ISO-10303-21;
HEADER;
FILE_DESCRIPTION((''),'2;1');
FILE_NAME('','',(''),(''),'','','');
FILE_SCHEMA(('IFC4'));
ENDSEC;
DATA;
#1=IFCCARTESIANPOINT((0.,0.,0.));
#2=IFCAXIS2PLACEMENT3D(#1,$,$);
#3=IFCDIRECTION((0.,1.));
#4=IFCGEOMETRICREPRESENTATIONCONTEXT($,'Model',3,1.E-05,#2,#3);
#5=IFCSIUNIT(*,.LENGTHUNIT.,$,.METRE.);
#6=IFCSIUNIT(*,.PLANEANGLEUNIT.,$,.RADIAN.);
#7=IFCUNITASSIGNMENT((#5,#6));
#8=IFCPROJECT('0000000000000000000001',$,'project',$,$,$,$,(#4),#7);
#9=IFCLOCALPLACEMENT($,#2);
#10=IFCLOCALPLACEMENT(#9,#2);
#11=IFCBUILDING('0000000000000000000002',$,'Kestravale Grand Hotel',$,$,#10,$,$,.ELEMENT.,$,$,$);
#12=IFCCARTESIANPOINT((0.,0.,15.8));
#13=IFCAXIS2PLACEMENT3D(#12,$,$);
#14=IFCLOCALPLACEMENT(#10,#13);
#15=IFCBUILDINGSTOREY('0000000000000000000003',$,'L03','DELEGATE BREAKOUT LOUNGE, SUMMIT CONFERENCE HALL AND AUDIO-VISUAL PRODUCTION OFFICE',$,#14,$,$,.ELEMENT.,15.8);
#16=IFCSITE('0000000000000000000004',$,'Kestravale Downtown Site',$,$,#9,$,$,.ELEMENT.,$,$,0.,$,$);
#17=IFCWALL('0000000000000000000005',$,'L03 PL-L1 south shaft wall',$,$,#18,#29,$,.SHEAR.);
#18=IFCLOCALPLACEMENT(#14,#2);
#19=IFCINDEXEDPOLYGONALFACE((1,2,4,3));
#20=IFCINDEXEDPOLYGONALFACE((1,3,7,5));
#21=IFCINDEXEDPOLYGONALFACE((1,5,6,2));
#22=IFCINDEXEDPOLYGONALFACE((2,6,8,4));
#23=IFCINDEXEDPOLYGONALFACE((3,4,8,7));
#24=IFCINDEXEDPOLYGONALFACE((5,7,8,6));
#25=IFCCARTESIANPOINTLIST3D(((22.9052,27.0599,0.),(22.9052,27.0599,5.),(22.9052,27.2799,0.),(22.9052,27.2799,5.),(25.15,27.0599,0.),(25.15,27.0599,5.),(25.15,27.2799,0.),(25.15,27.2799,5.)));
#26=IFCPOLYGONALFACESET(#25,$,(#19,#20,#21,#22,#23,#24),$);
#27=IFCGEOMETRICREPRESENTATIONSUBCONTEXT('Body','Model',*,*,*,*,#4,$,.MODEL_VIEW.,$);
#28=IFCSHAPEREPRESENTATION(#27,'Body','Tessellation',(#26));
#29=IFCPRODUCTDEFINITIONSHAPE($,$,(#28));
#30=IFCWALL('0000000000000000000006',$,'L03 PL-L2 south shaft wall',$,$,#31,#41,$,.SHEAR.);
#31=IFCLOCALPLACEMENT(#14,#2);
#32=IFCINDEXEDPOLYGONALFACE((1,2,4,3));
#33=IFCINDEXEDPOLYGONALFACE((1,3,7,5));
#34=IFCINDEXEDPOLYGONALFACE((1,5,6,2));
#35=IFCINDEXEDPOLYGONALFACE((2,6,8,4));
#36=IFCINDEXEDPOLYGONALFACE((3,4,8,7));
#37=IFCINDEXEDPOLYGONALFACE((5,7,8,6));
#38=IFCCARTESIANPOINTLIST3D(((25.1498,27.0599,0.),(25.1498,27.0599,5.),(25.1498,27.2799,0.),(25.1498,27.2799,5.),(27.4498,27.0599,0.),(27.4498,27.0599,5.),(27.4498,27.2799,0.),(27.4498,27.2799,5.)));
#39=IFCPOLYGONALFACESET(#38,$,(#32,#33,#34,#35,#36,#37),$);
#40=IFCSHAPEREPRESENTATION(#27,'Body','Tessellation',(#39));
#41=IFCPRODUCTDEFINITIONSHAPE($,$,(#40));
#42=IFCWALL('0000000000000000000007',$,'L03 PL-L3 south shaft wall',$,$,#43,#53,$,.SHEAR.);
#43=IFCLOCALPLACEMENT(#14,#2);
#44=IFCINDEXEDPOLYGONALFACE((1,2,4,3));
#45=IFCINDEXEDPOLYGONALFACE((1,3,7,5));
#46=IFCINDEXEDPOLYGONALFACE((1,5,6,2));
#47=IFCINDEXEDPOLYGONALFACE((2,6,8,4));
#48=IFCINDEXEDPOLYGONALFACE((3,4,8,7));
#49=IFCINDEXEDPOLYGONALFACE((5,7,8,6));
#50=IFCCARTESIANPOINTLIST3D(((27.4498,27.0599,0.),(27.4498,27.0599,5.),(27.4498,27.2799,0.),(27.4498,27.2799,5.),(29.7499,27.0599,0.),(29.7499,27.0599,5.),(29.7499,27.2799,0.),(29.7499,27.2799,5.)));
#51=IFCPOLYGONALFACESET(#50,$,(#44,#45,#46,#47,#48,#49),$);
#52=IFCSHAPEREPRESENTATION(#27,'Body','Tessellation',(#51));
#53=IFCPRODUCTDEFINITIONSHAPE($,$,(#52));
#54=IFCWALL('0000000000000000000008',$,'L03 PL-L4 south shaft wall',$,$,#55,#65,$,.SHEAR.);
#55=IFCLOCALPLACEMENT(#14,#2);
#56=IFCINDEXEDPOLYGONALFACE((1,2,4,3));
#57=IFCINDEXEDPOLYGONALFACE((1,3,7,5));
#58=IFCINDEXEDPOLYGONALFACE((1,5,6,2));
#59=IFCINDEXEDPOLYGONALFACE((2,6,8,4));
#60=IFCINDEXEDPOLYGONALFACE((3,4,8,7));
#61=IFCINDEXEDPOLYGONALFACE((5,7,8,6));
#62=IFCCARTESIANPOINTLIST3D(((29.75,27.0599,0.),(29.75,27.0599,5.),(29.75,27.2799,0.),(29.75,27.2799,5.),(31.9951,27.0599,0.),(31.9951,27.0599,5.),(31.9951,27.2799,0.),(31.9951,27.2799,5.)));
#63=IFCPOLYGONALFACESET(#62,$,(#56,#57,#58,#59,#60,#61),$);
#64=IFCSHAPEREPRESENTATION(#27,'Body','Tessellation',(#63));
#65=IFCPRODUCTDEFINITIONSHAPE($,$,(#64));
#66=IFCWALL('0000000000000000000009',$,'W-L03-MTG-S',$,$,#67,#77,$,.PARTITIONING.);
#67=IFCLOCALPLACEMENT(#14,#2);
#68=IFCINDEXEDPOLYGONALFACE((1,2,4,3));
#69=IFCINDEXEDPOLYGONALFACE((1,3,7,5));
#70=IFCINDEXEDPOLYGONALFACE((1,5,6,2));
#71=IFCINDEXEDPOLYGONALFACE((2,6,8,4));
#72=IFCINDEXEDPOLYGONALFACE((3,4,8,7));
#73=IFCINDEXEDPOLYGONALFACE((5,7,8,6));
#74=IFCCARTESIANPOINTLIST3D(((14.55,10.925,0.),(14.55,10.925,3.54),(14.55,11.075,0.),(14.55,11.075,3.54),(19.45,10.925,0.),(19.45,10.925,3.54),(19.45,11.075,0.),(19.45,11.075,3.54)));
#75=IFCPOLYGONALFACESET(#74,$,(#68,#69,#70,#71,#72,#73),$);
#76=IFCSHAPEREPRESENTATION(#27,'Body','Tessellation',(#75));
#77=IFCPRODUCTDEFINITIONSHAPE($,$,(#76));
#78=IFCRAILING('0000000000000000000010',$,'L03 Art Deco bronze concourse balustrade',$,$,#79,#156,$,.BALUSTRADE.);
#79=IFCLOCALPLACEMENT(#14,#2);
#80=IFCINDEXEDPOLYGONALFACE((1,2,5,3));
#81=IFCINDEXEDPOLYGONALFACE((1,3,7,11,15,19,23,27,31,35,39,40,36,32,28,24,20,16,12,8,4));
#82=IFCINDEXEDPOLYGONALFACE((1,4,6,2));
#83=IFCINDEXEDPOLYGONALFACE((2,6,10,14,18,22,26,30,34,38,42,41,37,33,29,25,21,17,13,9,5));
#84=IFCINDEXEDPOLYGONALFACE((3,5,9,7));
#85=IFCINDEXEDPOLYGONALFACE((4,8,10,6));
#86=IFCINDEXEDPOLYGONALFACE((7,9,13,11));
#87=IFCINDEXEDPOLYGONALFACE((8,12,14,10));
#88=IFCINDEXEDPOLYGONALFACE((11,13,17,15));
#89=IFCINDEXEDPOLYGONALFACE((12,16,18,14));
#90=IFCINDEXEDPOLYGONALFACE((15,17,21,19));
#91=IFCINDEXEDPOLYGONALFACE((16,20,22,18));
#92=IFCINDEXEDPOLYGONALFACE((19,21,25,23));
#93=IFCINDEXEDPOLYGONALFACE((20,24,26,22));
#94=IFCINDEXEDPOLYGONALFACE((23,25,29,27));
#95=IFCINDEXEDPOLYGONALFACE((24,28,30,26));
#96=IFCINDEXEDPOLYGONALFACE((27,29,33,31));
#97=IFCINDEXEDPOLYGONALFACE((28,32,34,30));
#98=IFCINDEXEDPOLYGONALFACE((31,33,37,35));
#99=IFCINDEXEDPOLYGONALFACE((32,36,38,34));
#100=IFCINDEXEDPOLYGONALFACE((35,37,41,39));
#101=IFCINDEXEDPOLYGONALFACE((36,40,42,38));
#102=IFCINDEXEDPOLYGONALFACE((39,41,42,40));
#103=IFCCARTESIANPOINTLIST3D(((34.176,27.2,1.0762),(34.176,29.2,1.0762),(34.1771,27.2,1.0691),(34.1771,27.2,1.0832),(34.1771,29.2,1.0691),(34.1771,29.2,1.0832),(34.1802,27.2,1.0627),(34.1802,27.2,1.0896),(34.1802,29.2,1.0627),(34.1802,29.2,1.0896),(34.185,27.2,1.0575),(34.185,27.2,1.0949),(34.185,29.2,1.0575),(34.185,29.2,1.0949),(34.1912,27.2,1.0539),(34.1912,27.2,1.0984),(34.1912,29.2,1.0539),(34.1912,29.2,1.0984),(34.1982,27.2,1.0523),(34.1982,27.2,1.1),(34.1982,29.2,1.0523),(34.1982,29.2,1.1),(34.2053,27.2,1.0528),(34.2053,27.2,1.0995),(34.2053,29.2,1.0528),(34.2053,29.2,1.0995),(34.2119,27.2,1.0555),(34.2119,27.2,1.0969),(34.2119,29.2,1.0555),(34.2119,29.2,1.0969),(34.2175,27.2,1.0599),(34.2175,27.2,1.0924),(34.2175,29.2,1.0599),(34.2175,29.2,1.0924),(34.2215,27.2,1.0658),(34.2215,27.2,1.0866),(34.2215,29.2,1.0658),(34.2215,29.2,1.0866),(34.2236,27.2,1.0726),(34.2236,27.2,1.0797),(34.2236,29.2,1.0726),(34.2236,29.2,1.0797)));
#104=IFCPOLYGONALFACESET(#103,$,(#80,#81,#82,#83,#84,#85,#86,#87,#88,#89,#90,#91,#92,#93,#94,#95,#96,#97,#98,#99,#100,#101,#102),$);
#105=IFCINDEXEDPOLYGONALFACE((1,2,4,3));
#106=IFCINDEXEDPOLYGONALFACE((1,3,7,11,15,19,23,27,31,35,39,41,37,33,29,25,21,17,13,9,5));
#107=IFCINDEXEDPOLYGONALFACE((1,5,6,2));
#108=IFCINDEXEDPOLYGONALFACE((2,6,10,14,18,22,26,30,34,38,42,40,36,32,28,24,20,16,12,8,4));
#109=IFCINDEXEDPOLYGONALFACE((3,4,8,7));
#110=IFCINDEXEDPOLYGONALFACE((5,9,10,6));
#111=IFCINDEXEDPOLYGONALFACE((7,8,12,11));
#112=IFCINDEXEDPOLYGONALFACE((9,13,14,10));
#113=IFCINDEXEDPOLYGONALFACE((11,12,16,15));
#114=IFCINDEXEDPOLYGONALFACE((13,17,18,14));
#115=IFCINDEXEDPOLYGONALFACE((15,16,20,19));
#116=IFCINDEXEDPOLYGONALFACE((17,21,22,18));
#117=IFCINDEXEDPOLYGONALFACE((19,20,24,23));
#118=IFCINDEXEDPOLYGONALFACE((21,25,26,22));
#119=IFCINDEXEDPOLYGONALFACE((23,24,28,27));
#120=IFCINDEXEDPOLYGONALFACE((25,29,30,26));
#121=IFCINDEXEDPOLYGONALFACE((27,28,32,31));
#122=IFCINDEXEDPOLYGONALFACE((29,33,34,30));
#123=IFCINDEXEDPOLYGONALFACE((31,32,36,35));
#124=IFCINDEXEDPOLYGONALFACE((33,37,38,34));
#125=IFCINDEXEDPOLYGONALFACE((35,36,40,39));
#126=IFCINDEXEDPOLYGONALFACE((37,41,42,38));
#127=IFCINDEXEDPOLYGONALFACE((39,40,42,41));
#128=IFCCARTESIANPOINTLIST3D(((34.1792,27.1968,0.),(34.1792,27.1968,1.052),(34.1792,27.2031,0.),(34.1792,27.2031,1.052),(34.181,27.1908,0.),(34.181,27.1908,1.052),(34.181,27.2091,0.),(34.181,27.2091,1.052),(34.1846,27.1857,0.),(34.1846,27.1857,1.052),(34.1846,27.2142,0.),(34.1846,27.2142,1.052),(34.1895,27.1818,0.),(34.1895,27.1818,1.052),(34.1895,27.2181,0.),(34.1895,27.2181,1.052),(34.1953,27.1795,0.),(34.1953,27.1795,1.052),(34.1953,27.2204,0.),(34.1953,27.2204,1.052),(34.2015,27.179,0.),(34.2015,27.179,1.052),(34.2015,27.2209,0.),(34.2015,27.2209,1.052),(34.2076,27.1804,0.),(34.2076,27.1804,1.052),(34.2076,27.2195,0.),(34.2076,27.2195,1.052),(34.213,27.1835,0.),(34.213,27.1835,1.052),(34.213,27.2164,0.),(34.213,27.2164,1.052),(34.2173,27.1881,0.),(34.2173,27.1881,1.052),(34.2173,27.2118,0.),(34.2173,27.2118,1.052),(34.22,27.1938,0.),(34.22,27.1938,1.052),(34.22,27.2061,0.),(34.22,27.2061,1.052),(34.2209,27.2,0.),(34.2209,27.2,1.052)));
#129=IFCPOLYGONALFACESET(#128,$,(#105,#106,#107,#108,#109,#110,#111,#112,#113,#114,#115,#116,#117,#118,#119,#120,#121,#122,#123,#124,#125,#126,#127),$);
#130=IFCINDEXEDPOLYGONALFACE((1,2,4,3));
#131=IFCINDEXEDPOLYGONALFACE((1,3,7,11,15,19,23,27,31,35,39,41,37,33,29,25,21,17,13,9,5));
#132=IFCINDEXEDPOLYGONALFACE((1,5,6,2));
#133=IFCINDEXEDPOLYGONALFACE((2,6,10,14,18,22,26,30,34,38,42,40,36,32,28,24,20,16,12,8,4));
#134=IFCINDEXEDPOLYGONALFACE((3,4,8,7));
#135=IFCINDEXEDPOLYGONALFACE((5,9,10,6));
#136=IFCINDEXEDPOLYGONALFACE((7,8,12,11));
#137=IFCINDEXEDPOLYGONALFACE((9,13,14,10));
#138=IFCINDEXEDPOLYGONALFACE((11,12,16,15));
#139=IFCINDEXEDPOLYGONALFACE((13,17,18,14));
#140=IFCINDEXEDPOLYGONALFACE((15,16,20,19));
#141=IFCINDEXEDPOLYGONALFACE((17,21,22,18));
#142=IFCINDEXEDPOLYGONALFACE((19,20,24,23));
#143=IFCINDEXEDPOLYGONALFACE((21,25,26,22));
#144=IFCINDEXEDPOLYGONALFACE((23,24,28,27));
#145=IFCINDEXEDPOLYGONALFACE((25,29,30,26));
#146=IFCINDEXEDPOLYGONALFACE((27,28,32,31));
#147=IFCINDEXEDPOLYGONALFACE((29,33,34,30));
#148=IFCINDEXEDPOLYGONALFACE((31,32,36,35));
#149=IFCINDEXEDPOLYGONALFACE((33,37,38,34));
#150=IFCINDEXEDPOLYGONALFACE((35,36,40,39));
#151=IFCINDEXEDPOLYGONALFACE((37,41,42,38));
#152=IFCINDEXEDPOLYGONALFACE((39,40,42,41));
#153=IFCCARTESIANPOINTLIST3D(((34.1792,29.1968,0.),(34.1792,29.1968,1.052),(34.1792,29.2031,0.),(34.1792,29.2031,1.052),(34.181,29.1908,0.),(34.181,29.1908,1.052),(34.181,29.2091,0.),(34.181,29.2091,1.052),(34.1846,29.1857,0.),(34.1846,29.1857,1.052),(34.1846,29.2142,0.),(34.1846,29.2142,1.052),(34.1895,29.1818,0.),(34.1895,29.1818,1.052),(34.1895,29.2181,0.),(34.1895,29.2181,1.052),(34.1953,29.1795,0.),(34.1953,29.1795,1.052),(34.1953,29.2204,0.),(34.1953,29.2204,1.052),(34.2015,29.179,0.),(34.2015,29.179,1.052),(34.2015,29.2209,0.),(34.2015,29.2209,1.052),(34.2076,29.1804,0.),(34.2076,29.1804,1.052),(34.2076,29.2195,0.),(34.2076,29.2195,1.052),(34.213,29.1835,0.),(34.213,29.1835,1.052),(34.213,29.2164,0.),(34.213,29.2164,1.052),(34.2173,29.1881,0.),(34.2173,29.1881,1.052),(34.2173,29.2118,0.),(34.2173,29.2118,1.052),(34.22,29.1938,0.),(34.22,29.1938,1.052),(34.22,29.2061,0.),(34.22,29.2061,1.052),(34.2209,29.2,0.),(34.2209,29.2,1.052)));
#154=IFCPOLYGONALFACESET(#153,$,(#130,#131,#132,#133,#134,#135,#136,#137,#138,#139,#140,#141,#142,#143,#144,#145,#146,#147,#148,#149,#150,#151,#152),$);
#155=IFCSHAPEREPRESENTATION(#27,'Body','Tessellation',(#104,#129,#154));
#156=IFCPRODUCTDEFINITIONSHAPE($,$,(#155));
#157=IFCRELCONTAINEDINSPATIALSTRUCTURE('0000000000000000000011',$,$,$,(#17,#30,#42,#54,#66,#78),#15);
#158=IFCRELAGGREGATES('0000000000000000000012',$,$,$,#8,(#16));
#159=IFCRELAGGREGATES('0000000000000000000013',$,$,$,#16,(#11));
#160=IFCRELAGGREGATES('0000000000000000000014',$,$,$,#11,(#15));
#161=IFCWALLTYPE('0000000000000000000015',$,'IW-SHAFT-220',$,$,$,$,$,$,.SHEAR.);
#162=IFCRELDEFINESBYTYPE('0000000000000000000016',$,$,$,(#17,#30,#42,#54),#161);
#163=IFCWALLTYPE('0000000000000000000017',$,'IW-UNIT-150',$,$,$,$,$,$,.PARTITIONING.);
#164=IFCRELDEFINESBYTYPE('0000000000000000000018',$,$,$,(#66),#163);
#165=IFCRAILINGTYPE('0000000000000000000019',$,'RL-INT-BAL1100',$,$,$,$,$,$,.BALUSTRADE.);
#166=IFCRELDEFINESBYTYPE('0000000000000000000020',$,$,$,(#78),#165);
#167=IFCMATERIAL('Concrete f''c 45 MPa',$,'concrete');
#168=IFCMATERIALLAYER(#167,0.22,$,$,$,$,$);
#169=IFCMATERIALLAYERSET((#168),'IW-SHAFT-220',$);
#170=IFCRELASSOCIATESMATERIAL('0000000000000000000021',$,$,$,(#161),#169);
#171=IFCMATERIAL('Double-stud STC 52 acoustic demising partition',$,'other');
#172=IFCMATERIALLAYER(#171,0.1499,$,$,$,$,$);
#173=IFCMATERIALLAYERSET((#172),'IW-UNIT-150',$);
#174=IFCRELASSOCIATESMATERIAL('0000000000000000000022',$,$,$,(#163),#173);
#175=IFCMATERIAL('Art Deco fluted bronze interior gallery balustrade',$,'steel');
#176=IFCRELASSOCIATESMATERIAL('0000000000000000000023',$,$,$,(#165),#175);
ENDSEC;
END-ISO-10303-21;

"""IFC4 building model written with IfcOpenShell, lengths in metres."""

from ifc_helpers import new_model, si_unit, direction, frame, frame_2d, origin, origin_2d, place, context, subcontext, project, spatial, rectangle, circle, extrude, material, layer, layer_set, type_object, element, save


model = new_model("IFC4")

# Units and contexts
model_context = context("Model", 3, precision=1e-05, world=origin(), true_north=direction((0.0, 1.0)))
body_context = subcontext(model_context, "Body", "Model", "MODEL_VIEW")
ifc_project = project(units=[si_unit("LENGTHUNIT", "METRE"), si_unit("PLANEANGLEUNIT", "RADIAN")], contexts=[model_context])

# Site, building, storey
site_placement = place(None, origin())
site = spatial("IfcSite", under=ifc_project, at=site_placement, Name="Kestravale Downtown Site", CompositionType="ELEMENT", RefElevation=0.0)
building_placement = place(site_placement, origin())
building = spatial("IfcBuilding", under=site, at=building_placement, Name="Kestravale Grand Hotel", CompositionType="ELEMENT")
storey_placement = place(building_placement, frame((0.0, 0.0, 15.8)))
storey = spatial("IfcBuildingStorey", under=building, at=storey_placement, Name="L03", Description="DELEGATE BREAKOUT LOUNGE, SUMMIT CONFERENCE HALL AND AUDIO-VISUAL PRODUCTION OFFICE", CompositionType="ELEMENT", Elevation=15.8)

# Walls
ifc_material_1 = material(Name="Concrete f'c 45 MPa", Category="concrete")
ifc_layer_1 = layer(ifc_material_1, 0.22)
ifc_layer_set_1 = layer_set([ifc_layer_1], Name="IW-SHAFT-220")
wall_type_1 = type_object("IfcWallType", Name="IW-SHAFT-220", PredefinedType="SHEAR", material=ifc_layer_set_1)
wall_1_placement = place(storey_placement, frame((22.905, 27.1699, 0.0), z_axis=(0.0, 0.0, 1.0), x_axis=(1.0, 0.0, 0.0)))
element("IfcWall", 1, at=wall_1_placement, inside=storey, type_object=wall_type_1, Name="L03 PL-L1 south shaft wall", PredefinedType="SHEAR", context=body_context, shape_type="SweptSolid", body=[
    extrude(rectangle(XDim=2.2449, YDim=0.22, at=frame_2d((1.1226, 0.0))), origin(), (0.0, 0.0, 1.0), 5.0),
])
for number, where, z_axis, x_axis, name in (
    (2, (25.1499, 27.1699, 0.0), (0.0, 0.0, 1.0), (1.0, 0.0, 0.0), "L03 PL-L2 south shaft wall"),
    (3, (27.45, 27.1699, 0.0), (0.0, 0.0, 1.0), (1.0, 0.0, 0.0), "L03 PL-L3 south shaft wall"),
):
    element("IfcWall", number, at=place(storey_placement, frame(where, z_axis=z_axis, x_axis=x_axis)), inside=storey, type_object=wall_type_1, Name=name, PredefinedType="SHEAR", context=body_context, shape_type="SweptSolid", body=[
        extrude(rectangle(XDim=2.3, YDim=0.22, at=frame_2d((1.1499, 0.0))), origin(), (0.0, 0.0, 1.0), 5.0),
    ])
wall_2_placement = place(storey_placement, frame((29.75, 27.1699, 0.0), z_axis=(0.0, 0.0, 1.0), x_axis=(1.0, 0.0, 0.0)))
element("IfcWall", 4, at=wall_2_placement, inside=storey, type_object=wall_type_1, Name="L03 PL-L4 south shaft wall", PredefinedType="SHEAR", context=body_context, shape_type="SweptSolid", body=[
    extrude(rectangle(XDim=2.2451, YDim=0.22, at=frame_2d((1.1226, 0.0))), origin(), (0.0, 0.0, 1.0), 5.0),
])
ifc_material_2 = material(Name="Double-stud STC 52 acoustic demising partition", Category="other")
ifc_layer_2 = layer(ifc_material_2, 0.1499)
ifc_layer_set_2 = layer_set([ifc_layer_2], Name="IW-UNIT-150")
wall_type_2 = type_object("IfcWallType", Name="IW-UNIT-150", PredefinedType="PARTITIONING", material=ifc_layer_set_2)
wall_3_placement = place(storey_placement, frame((14.55, 11.0, 0.0), z_axis=(0.0, 0.0, 1.0), x_axis=(1.0, 0.0, 0.0)))
element("IfcWall", 5, at=wall_3_placement, inside=storey, type_object=wall_type_2, Name="W-L03-MTG-S", PredefinedType="PARTITIONING", context=body_context, shape_type="SweptSolid", body=[
    extrude(rectangle(XDim=4.8999, YDim=0.1499, at=frame_2d((2.45, 0.0))), origin(), (0.0, 0.0, 1.0), 3.54),
])

# Railing
ifc_material_3 = material(Name="Art Deco fluted bronze interior gallery balustrade", Category="steel")
railing_type_1 = type_object("IfcRailingType", Name="RL-INT-BAL1100", PredefinedType="BALUSTRADE", material=ifc_material_3)
railing_1_placement = place(storey_placement, frame((34.2, 27.2, 0.0)))
element("IfcRailing", 6, at=railing_1_placement, inside=storey, type_object=railing_type_1, Name="L03 Art Deco bronze concourse balustrade", PredefinedType="BALUSTRADE", context=body_context, shape_type="SweptSolid", body=[
    extrude(circle(Radius=0.0239, at=origin_2d()), frame((0.0, 0.0, 1.0762), z_axis=(0.0, 1.0, 0.0), x_axis=(-1.0, 0.0, 0.0)), (0.0, 0.0, 1.0), 2.0),
    extrude(circle(Radius=0.021, at=origin_2d()), origin(), (0.0, 0.0, 1.0), 1.052),
    extrude(circle(Radius=0.021, at=origin_2d()), frame((0.0, 2.0, 0.0)), (0.0, 0.0, 1.0), 1.052),
])

save(model, "model.ifc")
